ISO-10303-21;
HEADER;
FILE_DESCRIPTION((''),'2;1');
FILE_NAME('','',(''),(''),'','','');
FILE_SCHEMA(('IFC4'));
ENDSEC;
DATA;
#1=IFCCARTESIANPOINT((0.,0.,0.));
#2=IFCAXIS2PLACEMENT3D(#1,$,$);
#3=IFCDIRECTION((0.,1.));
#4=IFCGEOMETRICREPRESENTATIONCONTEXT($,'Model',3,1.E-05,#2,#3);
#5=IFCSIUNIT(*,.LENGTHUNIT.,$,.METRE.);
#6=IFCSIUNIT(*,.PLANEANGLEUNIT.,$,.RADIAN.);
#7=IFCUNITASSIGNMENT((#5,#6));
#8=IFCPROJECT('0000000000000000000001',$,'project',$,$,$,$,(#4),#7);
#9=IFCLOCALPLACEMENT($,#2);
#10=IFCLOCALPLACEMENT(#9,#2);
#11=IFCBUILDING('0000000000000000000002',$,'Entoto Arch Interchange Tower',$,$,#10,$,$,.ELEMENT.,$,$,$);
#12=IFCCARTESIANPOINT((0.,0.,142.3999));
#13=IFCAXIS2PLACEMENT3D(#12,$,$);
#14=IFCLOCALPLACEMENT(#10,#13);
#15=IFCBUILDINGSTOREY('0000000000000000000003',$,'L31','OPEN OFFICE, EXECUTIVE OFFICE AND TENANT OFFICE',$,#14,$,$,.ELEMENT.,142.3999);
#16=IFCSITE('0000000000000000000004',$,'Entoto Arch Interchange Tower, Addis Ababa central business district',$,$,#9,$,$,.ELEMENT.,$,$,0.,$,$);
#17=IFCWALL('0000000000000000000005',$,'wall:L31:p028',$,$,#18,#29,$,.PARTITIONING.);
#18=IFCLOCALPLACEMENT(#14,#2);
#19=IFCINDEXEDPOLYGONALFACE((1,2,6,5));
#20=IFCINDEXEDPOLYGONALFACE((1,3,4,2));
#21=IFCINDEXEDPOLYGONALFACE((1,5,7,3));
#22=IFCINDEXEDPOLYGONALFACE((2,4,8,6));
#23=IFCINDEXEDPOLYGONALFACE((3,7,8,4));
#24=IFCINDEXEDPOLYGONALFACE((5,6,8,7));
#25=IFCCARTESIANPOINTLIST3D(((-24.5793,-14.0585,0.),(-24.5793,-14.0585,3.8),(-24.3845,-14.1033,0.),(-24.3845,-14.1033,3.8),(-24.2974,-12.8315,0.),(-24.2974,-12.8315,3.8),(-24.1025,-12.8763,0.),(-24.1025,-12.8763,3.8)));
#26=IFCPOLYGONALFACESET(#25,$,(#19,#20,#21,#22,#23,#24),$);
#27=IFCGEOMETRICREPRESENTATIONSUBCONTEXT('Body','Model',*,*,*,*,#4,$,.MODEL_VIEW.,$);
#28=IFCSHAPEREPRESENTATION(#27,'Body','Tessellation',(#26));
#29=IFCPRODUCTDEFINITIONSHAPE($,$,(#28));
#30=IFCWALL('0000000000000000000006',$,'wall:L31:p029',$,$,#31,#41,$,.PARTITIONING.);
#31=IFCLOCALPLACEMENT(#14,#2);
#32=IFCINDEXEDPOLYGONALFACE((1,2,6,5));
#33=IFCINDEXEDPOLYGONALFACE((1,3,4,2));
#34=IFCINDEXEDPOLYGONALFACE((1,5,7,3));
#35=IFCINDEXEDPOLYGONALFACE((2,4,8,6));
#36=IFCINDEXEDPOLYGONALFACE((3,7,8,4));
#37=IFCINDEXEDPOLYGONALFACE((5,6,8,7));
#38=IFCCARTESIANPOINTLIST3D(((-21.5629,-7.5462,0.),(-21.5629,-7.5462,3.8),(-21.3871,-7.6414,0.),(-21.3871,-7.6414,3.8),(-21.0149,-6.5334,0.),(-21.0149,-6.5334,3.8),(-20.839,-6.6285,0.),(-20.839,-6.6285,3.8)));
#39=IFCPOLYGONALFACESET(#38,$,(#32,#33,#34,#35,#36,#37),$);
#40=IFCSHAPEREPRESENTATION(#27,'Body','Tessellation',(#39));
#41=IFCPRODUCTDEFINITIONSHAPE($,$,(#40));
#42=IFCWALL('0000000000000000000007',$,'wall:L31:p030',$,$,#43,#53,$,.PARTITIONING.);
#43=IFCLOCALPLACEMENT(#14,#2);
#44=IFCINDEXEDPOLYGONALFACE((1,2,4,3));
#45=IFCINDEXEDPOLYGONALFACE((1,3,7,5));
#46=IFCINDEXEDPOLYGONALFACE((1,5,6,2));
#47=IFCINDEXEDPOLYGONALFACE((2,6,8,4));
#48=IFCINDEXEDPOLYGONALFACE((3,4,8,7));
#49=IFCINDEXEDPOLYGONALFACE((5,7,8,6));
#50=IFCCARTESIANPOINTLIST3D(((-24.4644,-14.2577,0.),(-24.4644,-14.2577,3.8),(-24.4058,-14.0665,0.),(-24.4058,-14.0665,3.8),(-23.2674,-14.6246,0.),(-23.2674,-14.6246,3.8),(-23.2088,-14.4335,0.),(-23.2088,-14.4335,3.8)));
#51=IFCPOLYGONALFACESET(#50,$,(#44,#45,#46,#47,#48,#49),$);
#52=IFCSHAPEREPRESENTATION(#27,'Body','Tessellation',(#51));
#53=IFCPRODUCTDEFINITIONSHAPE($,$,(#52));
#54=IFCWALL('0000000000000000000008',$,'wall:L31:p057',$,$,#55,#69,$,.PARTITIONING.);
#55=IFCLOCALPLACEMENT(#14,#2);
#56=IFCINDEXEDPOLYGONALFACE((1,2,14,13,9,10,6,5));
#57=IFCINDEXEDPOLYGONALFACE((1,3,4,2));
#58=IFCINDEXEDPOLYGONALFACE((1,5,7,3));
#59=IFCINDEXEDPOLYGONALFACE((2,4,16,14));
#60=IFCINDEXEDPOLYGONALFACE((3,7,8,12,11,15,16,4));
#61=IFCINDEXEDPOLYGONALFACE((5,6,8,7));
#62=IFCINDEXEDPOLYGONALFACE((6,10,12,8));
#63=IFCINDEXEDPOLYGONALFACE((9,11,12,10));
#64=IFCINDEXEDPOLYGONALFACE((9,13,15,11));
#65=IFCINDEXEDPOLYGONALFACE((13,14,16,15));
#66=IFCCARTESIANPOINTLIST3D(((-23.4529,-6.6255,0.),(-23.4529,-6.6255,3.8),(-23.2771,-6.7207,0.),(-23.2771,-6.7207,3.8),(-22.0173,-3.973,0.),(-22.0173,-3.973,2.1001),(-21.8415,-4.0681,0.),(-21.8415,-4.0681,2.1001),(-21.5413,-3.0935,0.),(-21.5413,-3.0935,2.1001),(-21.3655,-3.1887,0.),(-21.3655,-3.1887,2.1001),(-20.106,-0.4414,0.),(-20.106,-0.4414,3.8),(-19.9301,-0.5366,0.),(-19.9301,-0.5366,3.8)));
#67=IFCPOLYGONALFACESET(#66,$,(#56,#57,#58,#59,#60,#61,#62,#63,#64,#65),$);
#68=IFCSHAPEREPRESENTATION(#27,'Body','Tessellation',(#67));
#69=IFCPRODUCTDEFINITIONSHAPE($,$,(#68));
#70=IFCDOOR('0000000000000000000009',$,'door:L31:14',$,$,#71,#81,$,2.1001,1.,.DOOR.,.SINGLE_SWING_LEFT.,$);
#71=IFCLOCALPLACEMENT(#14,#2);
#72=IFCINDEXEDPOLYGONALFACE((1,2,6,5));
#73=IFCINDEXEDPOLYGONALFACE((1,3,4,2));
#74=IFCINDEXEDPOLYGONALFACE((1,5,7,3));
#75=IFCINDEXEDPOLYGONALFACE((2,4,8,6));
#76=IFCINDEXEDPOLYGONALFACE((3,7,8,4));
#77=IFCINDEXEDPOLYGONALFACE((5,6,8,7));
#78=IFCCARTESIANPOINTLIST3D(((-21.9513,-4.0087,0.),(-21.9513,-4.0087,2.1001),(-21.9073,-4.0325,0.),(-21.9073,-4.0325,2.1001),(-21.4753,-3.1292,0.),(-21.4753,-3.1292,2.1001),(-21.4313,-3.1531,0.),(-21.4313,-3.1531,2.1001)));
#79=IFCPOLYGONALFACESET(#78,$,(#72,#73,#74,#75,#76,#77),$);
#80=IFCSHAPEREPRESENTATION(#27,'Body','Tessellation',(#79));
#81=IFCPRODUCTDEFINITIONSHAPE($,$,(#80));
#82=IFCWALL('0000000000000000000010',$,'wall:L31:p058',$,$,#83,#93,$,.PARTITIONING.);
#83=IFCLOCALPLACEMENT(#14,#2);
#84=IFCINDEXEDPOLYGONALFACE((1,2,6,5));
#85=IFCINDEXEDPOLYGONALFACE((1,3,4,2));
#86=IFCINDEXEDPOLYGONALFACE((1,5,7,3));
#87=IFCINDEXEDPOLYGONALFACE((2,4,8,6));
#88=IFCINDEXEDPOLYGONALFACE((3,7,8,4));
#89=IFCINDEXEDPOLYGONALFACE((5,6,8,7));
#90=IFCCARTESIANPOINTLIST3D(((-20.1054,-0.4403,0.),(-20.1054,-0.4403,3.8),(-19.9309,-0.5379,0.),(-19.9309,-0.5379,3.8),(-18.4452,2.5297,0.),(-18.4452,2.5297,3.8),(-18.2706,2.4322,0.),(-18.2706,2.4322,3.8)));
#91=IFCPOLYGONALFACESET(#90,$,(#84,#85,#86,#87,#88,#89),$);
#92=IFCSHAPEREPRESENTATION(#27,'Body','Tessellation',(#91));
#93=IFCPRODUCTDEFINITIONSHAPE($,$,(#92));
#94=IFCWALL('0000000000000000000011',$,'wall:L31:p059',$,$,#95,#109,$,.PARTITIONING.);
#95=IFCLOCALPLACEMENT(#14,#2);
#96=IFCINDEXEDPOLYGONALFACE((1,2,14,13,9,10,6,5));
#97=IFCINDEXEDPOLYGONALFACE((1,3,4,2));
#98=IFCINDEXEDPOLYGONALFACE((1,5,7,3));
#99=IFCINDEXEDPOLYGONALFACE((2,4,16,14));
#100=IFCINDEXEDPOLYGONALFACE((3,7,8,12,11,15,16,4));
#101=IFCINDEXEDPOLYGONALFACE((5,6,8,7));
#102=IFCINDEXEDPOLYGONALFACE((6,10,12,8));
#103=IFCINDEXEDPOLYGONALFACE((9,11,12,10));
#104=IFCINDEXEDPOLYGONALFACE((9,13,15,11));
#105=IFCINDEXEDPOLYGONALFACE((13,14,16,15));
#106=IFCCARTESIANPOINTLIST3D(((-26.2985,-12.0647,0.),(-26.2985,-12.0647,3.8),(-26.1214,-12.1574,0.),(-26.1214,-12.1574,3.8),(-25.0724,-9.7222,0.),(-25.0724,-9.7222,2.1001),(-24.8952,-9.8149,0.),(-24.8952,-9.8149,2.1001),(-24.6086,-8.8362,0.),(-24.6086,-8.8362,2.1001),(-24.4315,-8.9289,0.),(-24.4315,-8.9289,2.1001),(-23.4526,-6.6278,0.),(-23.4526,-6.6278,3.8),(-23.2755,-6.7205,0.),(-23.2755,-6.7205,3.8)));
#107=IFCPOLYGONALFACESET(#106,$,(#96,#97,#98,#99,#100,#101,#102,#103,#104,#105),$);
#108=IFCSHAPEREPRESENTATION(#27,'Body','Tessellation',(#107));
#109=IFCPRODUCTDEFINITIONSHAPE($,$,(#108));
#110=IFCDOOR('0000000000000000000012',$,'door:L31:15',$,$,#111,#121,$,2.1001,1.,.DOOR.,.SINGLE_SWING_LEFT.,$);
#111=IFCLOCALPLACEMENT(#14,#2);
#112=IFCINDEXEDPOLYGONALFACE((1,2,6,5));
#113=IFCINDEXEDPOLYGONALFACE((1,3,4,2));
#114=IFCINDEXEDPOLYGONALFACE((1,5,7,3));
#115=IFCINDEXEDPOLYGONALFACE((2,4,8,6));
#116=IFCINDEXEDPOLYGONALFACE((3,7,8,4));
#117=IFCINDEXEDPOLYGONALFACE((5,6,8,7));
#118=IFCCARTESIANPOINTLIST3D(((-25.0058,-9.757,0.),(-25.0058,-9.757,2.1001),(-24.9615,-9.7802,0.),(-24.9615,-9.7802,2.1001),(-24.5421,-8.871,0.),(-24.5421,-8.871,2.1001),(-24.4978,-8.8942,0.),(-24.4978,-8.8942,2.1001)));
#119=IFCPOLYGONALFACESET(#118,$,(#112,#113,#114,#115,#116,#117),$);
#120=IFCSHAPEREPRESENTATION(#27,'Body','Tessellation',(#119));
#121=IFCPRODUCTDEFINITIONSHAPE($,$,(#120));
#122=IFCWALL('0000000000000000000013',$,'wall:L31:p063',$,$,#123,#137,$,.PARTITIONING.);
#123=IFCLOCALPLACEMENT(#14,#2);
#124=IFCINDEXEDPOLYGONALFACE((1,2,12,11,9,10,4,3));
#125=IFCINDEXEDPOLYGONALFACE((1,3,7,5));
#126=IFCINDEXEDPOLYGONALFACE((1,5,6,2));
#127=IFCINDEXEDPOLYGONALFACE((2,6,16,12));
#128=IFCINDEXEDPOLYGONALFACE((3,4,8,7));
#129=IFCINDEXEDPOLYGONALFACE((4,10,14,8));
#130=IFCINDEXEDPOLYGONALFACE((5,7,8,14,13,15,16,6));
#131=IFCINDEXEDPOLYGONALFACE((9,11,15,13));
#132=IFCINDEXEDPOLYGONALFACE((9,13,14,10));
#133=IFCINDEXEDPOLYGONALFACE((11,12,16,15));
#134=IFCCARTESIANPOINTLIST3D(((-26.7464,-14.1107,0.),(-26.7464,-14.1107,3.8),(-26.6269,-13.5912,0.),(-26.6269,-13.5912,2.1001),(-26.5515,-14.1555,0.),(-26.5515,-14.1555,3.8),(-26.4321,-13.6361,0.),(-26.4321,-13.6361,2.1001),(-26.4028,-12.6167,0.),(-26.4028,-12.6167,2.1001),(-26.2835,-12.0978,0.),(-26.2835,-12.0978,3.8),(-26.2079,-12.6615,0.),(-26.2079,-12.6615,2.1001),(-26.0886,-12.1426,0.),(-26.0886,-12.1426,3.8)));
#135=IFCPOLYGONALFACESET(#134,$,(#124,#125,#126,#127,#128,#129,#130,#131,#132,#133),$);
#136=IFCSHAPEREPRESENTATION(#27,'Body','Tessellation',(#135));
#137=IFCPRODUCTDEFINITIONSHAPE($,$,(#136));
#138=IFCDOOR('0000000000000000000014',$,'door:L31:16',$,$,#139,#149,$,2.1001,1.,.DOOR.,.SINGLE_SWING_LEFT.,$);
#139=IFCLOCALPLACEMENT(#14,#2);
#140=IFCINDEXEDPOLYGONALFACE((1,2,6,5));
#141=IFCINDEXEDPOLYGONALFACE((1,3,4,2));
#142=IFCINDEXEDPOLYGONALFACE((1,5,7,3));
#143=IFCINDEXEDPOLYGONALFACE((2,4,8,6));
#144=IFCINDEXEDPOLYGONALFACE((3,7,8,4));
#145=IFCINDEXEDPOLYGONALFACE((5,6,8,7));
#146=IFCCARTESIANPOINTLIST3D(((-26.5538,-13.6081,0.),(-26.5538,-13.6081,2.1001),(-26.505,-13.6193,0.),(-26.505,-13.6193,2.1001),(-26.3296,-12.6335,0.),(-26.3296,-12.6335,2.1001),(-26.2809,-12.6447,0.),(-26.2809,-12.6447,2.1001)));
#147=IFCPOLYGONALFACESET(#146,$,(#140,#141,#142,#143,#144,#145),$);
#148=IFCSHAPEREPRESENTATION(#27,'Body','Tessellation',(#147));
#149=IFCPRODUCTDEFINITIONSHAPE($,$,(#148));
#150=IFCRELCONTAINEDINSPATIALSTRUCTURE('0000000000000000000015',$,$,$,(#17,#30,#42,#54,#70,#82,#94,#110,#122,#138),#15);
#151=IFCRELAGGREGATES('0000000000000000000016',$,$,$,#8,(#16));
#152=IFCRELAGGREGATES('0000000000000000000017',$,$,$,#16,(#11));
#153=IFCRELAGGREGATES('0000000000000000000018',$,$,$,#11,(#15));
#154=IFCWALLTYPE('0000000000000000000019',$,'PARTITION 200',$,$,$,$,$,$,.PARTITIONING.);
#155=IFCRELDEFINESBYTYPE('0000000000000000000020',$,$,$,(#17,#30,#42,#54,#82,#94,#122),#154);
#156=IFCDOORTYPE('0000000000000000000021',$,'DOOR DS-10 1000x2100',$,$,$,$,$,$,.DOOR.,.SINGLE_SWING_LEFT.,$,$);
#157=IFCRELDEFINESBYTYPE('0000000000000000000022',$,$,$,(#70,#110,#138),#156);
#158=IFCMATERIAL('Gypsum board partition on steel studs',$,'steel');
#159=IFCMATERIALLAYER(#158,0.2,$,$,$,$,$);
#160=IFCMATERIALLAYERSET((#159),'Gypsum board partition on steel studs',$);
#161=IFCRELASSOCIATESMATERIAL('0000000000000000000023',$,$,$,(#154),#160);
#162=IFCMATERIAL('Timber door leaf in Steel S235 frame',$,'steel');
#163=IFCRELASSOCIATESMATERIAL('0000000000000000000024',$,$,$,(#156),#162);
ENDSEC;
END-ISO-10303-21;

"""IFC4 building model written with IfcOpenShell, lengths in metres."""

from ifc_helpers import new_model, si_unit, direction, frame, frame_2d, origin, place, context, subcontext, project, spatial, rectangle, extrude, material, layer, layer_set, type_object, element, fill, save


model = new_model("IFC4")

# Units and contexts
model_context = context("Model", 3, precision=1e-05, world=origin(), true_north=direction((0.0, 1.0)))
body_context = subcontext(model_context, "Body", "Model", "MODEL_VIEW")
ifc_project = project(units=[si_unit("LENGTHUNIT", "METRE"), si_unit("PLANEANGLEUNIT", "RADIAN")], contexts=[model_context])

# Site, building, storey
site_placement = place(None, origin())
site = spatial("IfcSite", under=ifc_project, at=site_placement, Name="Entoto Arch Interchange Tower, Addis Ababa central business district", CompositionType="ELEMENT", RefElevation=0.0)
building_placement = place(site_placement, origin())
building = spatial("IfcBuilding", under=site, at=building_placement, Name="Entoto Arch Interchange Tower", CompositionType="ELEMENT")
storey_placement = place(building_placement, frame((0.0, 0.0, 142.3999)))
storey = spatial("IfcBuildingStorey", under=building, at=storey_placement, Name="L31", Description="OPEN OFFICE, EXECUTIVE OFFICE AND TENANT OFFICE", CompositionType="ELEMENT", Elevation=142.3999)

# Shared definitions
ifc_material_1 = material(Name="Gypsum board partition on steel studs", Category="steel")

# Shared definitions
ifc_layer_1 = layer(ifc_material_1, 0.2)
ifc_layer_set_1 = layer_set([ifc_layer_1], Name="Gypsum board partition on steel studs")
wall_type_1 = type_object("IfcWallType", Name="PARTITION 200", PredefinedType="PARTITIONING", material=ifc_layer_set_1)
ifc_material_2 = material(Name="Timber door leaf in Steel S235 frame", Category="steel")
door_type = type_object("IfcDoorType", Name="DOOR DS-10 1000x2100", OperationType="SINGLE_SWING_LEFT", PredefinedType="DOOR", material=ifc_material_2)

# Walls
wall_1_placement = place(storey_placement, frame((-24.2, -12.854, 0.0), z_axis=(0.0, 0.0, 1.0), x_axis=(-0.223967, -0.974597, 0.0)))
element("IfcWall", 1, at=wall_1_placement, inside=storey, type_object=wall_type_1, Name="wall:L31:p028", PredefinedType="PARTITIONING", context=body_context, shape_type="SweptSolid", body=[
    extrude(rectangle(XDim=1.259, YDim=0.2, at=frame_2d((0.6294, 0.0))), origin(), (0.0, 0.0, 1.0), 3.8),
])
wall_2_placement = place(storey_placement, frame((-20.927, -6.5811, 0.0), z_axis=(0.0, 0.0, 1.0), x_axis=(-0.475894, -0.879503, 0.0)))
element("IfcWall", 2, at=wall_2_placement, inside=storey, type_object=wall_type_1, Name="wall:L31:p029", PredefinedType="PARTITIONING", context=body_context, shape_type="SweptSolid", body=[
    extrude(rectangle(XDim=1.1516, YDim=0.2, at=frame_2d((0.5757, 0.0))), origin(), (0.0, 0.0, 1.0), 3.8),
])
wall_3_placement = place(storey_placement, frame((-24.4351, -14.1621, 0.0), z_axis=(0.0, 0.0, 1.0), x_axis=(0.956086, -0.293085, 0.0)))
element("IfcWall", 3, at=wall_3_placement, inside=storey, type_object=wall_type_1, Name="wall:L31:p030", PredefinedType="PARTITIONING", context=body_context, shape_type="SweptSolid", body=[
    extrude(rectangle(XDim=1.252, YDim=0.2, at=frame_2d((0.626, 0.0))), origin(), (0.0, 0.0, 1.0), 3.8),
])

# Wall, opening, door
wall_4_placement = place(storey_placement, frame((-23.365, -6.6731, 0.0), z_axis=(0.0, 0.0, 1.0), x_axis=(0.475977, 0.879458, 0.0)))
wall_4 = element("IfcWall", 4, at=wall_4_placement, inside=storey, type_object=wall_type_1, Name="wall:L31:p057", PredefinedType="PARTITIONING", context=body_context, shape_type="SweptSolid", body=[
    extrude(rectangle(XDim=7.0317, YDim=0.2, at=frame_2d((3.5159, 0.0))), origin(), (0.0, 0.0, 1.0), 3.8),
])
opening_1_placement = place(wall_4_placement, frame((3.0161, 0.0, 0.0)))
opening_1 = element("IfcOpeningElement", 5, at=opening_1_placement, cuts=wall_4, PredefinedType="OPENING", context=body_context, shape_type="SweptSolid", body=[
    extrude(rectangle(XDim=1.0, YDim=2.1001, at=frame_2d((0.5, 1.05))), frame((0.0, 0.1099, 0.0), z_axis=(0.0, -1.0, 0.0), x_axis=(1.0, 0.0, 0.0)), (0.0, 0.0, 1.0), 0.22),
])
door_1_placement = place(opening_1_placement, origin())
door_1 = element("IfcDoor", 6, at=door_1_placement, inside=storey, type_object=door_type, Name="door:L31:14", OperationType="SINGLE_SWING_LEFT", OverallHeight=2.1001, OverallWidth=1.0, PredefinedType="DOOR", context=body_context, shape_type="SweptSolid", body=[
    extrude(rectangle(XDim=1.0, YDim=2.1001, at=frame_2d((0.5, 1.05))), frame((0.0, 0.0249, 0.0), z_axis=(0.0, -1.0, 0.0), x_axis=(1.0, 0.0, 0.0)), (0.0, 0.0, 1.0), 0.05),
])
fill(opening_1, door_1)

# Wall
wall_5_placement = place(storey_placement, frame((-20.0181, -0.489, 0.0), z_axis=(0.0, 0.0, 1.0), x_axis=(0.487926, 0.872885, 0.0)))
element("IfcWall", 7, at=wall_5_placement, inside=storey, type_object=wall_type_1, Name="wall:L31:p058", PredefinedType="PARTITIONING", context=body_context, shape_type="SweptSolid", body=[
    extrude(rectangle(XDim=3.4026, YDim=0.2, at=frame_2d((1.7012, 0.0))), origin(), (0.0, 0.0, 1.0), 3.8),
])

# Walls, openings, doors
wall_6_placement = place(storey_placement, frame((-26.21, -12.1111, 0.0), z_axis=(0.0, 0.0, 1.0), x_axis=(0.46375, 0.885966, 0.0)))
wall_6 = element("IfcWall", 8, at=wall_6_placement, inside=storey, type_object=wall_type_1, Name="wall:L31:p059", PredefinedType="PARTITIONING", context=body_context, shape_type="SweptSolid", body=[
    extrude(rectangle(XDim=6.1367, YDim=0.2, at=frame_2d((3.0684, 0.0))), origin(), (0.0, 0.0, 1.0), 3.8),
])
opening_2_placement = place(wall_6_placement, frame((2.644, 0.0, 0.0)))
opening_2 = element("IfcOpeningElement", 9, at=opening_2_placement, cuts=wall_6, PredefinedType="OPENING", context=body_context, shape_type="SweptSolid", body=[
    extrude(rectangle(XDim=1.0, YDim=2.1001, at=frame_2d((0.5, 1.05))), frame((0.0, 0.1099, 0.0), z_axis=(0.0, -1.0, 0.0), x_axis=(1.0, 0.0, 0.0)), (0.0, 0.0, 1.0), 0.22),
])
door_2_placement = place(opening_2_placement, origin())
door_2 = element("IfcDoor", 10, at=door_2_placement, inside=storey, type_object=door_type, Name="door:L31:15", OperationType="SINGLE_SWING_LEFT", OverallHeight=2.1001, OverallWidth=1.0, PredefinedType="DOOR", context=body_context, shape_type="SweptSolid", body=[
    extrude(rectangle(XDim=1.0, YDim=2.1001, at=frame_2d((0.5, 1.05))), frame((0.0, 0.0249, 0.0), z_axis=(0.0, -1.0, 0.0), x_axis=(1.0, 0.0, 0.0)), (0.0, 0.0, 1.0), 0.05),
])
fill(opening_2, door_2)
wall_7_placement = place(storey_placement, frame((-26.6489, -14.1331, 0.0), z_axis=(0.0, 0.0, 1.0), x_axis=(0.224108, 0.974564, 0.0)))
wall_7 = element("IfcWall", 11, at=wall_7_placement, inside=storey, type_object=wall_type_1, Name="wall:L31:p063", PredefinedType="PARTITIONING", context=body_context, shape_type="SweptSolid", body=[
    extrude(rectangle(XDim=2.0654, YDim=0.2, at=frame_2d((1.0327, 0.0))), origin(), (0.0, 0.0, 1.0), 3.8),
])
opening_3_placement = place(wall_7_placement, frame((0.533, 0.0, 0.0)))
opening_3 = element("IfcOpeningElement", 12, at=opening_3_placement, cuts=wall_7, PredefinedType="OPENING", context=body_context, shape_type="SweptSolid", body=[
    extrude(rectangle(XDim=1.0, YDim=2.1001, at=frame_2d((0.5, 1.05))), frame((0.0, 0.1099, 0.0), z_axis=(0.0, -1.0, 0.0), x_axis=(1.0, 0.0, 0.0)), (0.0, 0.0, 1.0), 0.22),
])
door_3_placement = place(opening_3_placement, origin())
door_3 = element("IfcDoor", 13, at=door_3_placement, inside=storey, type_object=door_type, Name="door:L31:16", OperationType="SINGLE_SWING_LEFT", OverallHeight=2.1001, OverallWidth=1.0, PredefinedType="DOOR", context=body_context, shape_type="SweptSolid", body=[
    extrude(rectangle(XDim=1.0, YDim=2.1001, at=frame_2d((0.5, 1.05))), frame((0.0, 0.0249, 0.0), z_axis=(0.0, -1.0, 0.0), x_axis=(1.0, 0.0, 0.0)), (0.0, 0.0, 1.0), 0.05),
])
fill(opening_3, door_3)

save(model, "model.ifc")
